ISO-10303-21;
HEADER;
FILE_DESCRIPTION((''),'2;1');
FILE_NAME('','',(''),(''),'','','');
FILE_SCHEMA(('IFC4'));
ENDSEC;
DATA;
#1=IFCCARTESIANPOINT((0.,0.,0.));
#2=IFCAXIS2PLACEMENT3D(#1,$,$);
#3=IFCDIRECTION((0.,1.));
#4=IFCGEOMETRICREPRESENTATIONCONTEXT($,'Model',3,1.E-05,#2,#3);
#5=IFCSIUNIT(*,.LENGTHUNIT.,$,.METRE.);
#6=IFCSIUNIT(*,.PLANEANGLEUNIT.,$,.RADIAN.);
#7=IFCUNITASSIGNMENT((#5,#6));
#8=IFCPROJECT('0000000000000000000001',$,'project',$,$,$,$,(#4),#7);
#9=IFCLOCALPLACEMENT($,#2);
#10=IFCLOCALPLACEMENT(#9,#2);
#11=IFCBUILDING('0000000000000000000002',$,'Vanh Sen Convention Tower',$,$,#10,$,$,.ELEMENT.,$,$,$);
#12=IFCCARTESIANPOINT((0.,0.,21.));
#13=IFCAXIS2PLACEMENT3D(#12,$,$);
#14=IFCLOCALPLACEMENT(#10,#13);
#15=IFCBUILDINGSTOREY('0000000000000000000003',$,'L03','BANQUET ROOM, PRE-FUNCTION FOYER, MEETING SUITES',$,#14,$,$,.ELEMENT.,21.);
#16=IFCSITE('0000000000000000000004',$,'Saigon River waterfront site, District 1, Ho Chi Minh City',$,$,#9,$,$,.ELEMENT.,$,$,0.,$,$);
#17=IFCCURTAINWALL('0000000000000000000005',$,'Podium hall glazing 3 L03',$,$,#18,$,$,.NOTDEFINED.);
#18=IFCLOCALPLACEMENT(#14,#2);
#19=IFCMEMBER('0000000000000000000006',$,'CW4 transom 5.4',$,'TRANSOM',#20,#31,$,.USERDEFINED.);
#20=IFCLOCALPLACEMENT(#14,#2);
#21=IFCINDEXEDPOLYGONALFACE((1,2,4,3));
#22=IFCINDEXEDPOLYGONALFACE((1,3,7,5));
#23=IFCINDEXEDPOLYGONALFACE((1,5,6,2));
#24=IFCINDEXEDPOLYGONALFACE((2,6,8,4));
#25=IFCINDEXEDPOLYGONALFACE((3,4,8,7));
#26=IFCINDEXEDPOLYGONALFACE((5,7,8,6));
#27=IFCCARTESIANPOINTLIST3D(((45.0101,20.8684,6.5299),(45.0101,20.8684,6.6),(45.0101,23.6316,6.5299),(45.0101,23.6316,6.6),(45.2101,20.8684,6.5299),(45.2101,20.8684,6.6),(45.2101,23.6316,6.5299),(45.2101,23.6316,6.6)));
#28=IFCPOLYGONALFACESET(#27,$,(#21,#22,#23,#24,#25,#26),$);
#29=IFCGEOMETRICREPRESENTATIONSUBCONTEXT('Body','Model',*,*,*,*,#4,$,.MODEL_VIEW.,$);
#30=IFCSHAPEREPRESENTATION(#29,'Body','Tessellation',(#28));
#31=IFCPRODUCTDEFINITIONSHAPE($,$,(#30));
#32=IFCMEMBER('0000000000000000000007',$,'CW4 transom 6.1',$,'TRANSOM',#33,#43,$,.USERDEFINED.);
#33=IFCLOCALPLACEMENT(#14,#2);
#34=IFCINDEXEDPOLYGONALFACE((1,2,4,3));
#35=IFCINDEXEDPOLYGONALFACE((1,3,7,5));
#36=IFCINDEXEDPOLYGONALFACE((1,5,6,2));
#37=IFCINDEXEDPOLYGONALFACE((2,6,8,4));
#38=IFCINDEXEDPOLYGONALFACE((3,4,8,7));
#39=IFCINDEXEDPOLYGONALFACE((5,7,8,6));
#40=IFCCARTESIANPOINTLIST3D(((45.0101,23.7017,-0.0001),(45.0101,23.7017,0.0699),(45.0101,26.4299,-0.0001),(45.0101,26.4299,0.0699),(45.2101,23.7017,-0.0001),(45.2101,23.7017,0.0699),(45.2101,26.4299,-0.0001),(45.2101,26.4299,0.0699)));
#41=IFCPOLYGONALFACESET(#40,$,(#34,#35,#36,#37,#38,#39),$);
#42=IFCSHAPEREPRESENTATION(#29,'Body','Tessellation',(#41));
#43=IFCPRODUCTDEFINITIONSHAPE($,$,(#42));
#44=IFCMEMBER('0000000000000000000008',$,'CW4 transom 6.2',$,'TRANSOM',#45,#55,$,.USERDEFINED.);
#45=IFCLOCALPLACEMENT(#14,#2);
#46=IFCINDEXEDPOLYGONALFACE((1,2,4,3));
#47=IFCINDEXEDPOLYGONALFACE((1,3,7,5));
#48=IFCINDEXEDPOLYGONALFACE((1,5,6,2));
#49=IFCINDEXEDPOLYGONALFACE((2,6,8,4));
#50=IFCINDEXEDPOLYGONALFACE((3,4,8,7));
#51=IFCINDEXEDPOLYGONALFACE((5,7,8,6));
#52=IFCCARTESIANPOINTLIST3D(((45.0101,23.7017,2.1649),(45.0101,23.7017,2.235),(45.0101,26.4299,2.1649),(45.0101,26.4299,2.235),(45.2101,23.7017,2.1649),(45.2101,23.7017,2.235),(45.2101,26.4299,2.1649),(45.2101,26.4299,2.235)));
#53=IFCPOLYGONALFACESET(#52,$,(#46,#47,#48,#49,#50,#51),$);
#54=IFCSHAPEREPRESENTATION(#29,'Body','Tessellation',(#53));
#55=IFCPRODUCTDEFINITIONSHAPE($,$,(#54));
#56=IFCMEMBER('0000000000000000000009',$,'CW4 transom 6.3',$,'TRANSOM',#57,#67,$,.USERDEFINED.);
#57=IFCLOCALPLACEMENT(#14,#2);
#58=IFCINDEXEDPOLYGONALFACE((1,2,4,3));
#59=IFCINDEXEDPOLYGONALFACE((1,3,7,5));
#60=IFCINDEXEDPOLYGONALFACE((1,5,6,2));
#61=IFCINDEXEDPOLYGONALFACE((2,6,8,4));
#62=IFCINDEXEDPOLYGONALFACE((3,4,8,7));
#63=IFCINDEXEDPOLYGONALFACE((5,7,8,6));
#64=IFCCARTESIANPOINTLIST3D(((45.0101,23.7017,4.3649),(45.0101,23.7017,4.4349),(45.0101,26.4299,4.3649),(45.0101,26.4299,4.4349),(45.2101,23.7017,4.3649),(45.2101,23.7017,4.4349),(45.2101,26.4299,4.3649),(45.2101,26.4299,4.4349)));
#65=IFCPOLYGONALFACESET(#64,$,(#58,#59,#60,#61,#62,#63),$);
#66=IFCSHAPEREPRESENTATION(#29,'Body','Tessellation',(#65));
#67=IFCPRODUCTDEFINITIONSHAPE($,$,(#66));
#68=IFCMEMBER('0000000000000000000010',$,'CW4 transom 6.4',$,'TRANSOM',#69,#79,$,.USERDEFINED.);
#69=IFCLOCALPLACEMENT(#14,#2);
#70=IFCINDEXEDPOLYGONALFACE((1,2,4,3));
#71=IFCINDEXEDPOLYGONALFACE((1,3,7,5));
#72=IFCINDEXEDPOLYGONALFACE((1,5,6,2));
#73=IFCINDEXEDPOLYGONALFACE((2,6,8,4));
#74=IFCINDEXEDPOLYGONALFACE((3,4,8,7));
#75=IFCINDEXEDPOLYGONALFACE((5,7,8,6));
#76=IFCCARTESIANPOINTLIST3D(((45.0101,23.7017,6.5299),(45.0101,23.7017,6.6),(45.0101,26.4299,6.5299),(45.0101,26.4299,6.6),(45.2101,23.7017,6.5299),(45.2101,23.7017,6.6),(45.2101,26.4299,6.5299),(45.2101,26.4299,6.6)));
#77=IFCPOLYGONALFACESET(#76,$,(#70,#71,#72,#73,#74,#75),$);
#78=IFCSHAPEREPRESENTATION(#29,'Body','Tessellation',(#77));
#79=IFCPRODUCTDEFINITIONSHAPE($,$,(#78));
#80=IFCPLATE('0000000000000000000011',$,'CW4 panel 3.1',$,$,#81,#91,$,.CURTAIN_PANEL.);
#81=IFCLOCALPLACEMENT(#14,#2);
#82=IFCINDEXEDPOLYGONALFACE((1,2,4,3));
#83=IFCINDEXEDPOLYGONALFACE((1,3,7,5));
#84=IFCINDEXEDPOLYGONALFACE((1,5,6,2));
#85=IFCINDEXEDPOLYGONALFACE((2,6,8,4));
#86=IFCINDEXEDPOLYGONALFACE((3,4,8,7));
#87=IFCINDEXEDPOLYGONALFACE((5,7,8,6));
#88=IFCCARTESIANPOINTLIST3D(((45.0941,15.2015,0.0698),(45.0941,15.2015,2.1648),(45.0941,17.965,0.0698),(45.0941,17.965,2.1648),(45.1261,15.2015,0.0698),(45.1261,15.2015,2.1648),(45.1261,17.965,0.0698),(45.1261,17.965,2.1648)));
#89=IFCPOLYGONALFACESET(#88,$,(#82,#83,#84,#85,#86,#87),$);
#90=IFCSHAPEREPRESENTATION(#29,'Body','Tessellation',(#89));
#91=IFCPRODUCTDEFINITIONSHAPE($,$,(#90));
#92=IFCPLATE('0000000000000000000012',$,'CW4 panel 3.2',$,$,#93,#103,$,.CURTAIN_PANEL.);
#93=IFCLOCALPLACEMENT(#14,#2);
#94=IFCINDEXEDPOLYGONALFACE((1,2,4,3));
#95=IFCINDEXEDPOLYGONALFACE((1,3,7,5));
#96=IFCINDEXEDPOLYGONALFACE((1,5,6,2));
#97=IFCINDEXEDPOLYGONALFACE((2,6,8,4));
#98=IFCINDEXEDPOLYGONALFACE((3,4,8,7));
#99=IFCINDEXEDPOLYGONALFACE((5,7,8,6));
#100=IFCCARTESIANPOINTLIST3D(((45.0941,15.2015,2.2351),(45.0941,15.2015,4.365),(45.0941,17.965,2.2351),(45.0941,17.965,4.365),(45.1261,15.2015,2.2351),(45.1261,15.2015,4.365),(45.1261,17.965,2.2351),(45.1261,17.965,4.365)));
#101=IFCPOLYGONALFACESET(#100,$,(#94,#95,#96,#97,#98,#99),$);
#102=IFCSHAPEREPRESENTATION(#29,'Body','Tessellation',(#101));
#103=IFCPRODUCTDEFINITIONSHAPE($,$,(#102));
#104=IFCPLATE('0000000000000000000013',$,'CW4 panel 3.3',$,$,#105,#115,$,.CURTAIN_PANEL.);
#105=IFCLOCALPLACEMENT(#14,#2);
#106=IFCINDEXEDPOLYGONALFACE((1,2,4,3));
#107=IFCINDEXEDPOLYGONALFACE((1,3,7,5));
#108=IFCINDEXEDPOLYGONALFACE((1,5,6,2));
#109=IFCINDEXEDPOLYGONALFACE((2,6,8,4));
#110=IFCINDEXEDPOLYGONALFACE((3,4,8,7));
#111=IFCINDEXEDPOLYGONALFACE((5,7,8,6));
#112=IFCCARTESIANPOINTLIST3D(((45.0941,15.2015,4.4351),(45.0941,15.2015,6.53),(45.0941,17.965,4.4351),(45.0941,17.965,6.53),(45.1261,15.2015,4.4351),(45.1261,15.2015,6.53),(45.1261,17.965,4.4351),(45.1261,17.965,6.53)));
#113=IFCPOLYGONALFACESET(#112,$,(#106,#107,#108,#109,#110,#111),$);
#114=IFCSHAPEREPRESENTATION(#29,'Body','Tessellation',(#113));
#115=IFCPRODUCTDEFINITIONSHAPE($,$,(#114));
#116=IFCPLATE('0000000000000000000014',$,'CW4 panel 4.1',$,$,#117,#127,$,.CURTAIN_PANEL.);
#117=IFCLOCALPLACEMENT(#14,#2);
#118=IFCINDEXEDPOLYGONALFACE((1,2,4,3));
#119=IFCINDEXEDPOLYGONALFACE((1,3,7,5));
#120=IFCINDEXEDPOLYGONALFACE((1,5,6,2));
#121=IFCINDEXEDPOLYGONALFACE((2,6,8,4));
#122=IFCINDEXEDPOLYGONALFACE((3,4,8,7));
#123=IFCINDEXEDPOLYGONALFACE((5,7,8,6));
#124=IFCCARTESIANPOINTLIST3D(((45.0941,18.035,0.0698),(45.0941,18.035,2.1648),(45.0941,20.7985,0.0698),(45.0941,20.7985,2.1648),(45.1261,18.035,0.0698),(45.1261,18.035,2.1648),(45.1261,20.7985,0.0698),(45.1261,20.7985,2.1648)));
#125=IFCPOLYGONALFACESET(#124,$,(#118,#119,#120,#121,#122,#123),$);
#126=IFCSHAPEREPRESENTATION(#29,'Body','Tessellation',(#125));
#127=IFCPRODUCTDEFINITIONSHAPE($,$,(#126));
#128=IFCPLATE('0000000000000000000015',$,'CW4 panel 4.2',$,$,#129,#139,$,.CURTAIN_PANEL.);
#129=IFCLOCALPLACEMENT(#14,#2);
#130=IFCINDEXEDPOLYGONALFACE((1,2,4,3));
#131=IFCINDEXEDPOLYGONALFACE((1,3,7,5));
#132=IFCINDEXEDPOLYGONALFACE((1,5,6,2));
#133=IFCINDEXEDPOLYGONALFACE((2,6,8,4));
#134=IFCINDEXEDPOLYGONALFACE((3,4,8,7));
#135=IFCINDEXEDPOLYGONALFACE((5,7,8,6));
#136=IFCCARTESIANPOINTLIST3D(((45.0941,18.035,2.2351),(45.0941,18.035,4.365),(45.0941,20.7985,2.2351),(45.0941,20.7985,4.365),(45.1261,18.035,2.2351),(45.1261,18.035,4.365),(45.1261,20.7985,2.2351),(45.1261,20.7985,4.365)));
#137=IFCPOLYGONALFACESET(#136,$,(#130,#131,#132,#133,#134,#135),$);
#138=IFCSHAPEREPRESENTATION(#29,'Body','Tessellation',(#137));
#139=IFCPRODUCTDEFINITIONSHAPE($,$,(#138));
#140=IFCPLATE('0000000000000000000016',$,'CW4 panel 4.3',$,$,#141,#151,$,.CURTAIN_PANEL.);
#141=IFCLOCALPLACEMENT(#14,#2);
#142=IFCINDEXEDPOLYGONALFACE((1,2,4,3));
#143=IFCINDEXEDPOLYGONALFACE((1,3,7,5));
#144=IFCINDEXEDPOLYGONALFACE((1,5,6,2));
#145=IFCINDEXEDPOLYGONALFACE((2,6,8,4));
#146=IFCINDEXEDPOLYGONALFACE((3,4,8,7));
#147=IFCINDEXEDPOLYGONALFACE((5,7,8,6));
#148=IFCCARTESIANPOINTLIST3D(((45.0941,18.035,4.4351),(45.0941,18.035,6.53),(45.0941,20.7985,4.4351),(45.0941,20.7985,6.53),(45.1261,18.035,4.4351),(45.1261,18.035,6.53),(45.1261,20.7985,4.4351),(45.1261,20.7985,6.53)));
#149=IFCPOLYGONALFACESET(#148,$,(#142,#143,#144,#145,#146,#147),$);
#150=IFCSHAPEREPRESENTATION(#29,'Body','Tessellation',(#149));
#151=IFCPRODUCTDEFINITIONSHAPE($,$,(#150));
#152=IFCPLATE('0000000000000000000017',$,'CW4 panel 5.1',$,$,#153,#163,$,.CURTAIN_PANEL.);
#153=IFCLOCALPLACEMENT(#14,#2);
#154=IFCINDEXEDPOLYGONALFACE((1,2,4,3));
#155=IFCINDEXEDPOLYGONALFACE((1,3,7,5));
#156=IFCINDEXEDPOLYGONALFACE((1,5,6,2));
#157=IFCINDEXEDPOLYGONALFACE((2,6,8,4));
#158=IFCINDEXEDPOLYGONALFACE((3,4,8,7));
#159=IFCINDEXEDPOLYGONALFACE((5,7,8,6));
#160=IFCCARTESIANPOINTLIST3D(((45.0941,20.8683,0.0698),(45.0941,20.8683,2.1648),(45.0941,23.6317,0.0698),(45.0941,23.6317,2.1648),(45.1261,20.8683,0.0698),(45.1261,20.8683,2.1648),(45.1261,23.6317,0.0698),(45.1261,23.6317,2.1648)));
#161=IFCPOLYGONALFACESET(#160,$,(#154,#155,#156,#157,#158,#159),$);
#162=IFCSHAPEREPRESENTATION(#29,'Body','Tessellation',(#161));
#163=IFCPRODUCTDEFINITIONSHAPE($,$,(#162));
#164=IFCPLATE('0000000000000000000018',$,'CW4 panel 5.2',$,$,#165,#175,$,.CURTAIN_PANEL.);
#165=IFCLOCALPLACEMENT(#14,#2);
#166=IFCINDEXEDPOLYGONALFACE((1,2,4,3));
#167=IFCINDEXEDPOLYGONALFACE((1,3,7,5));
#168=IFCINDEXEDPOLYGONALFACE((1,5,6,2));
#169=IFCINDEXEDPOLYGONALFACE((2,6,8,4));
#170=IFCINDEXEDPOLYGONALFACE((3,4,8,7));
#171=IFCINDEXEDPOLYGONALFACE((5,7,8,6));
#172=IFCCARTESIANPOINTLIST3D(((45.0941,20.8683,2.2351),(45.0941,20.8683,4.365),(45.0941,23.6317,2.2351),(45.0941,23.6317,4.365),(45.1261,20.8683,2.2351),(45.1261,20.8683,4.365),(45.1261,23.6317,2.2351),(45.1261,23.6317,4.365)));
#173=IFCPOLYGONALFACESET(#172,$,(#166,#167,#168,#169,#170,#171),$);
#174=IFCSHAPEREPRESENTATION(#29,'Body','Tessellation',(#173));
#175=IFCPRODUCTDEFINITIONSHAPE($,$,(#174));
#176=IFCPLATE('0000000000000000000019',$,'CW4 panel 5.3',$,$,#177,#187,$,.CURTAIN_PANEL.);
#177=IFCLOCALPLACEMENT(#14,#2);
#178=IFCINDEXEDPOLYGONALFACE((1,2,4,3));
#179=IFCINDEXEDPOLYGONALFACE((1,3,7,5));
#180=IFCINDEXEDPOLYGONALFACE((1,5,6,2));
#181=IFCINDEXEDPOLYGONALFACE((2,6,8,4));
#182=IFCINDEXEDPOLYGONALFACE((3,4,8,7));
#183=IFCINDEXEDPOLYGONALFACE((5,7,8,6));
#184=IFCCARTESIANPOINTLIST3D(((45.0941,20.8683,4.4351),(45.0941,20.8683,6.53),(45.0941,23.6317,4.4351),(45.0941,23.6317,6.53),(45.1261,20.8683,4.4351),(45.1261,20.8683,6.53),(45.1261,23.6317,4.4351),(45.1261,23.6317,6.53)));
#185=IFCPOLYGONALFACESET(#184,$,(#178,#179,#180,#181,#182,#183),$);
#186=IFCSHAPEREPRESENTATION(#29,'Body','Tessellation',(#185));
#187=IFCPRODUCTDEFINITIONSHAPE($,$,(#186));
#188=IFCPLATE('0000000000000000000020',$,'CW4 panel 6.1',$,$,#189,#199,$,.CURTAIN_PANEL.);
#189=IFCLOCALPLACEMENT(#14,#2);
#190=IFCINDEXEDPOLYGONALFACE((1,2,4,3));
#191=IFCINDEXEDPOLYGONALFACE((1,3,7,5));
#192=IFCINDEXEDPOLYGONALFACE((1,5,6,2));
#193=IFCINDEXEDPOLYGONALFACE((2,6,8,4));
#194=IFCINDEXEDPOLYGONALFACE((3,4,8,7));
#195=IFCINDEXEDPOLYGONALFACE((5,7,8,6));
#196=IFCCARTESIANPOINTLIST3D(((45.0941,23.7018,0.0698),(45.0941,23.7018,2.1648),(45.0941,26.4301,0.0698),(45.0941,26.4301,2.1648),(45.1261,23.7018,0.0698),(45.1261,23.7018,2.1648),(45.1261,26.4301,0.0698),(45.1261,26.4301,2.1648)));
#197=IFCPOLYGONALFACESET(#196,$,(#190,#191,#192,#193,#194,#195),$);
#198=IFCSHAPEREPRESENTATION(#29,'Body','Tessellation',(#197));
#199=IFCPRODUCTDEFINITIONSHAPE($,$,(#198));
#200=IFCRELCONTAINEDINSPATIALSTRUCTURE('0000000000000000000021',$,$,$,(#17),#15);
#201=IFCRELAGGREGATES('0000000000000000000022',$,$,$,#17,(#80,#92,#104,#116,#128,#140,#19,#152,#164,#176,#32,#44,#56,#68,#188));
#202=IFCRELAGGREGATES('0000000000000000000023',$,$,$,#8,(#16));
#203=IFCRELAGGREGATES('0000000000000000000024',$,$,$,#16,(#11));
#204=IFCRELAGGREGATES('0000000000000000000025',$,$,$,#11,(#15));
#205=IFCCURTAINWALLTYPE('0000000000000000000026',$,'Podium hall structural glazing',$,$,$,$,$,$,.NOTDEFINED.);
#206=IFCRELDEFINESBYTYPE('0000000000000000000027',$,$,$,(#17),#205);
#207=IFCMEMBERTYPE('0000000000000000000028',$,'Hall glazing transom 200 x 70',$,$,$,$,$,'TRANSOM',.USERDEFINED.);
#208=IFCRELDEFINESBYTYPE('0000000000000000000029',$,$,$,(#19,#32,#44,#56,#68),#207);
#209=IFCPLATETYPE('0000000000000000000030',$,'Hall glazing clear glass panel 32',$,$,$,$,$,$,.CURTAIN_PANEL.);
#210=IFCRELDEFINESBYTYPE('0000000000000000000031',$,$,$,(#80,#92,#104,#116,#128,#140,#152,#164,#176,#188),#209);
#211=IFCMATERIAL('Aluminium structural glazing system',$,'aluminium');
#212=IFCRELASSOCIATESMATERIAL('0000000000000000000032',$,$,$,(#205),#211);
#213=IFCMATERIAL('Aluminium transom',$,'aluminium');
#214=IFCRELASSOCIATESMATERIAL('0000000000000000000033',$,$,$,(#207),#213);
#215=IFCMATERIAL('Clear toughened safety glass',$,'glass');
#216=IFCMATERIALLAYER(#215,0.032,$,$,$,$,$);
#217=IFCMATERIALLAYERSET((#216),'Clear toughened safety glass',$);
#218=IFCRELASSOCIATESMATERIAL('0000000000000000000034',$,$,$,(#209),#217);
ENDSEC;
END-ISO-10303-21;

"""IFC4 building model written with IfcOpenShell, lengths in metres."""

from ifc_helpers import new_model, si_unit, direction, frame, origin, origin_2d, place, context, subcontext, project, spatial, rectangle, extrude, material, layer, layer_set, material_profile, profile_set, type_object, element, aggregate, save


model = new_model("IFC4")

# Units and contexts
model_context = context("Model", 3, precision=1e-05, world=origin(), true_north=direction((0.0, 1.0)))
body_context = subcontext(model_context, "Body", "Model", "MODEL_VIEW")
ifc_project = project(units=[si_unit("LENGTHUNIT", "METRE"), si_unit("PLANEANGLEUNIT", "RADIAN")], contexts=[model_context])

# Site, building, storey
site_placement = place(None, origin())
site = spatial("IfcSite", under=ifc_project, at=site_placement, Name="Saigon River waterfront site, District 1, Ho Chi Minh City", CompositionType="ELEMENT", RefElevation=0.0)
building_placement = place(site_placement, origin())
building = spatial("IfcBuilding", under=site, at=building_placement, Name="Vanh Sen Convention Tower", CompositionType="ELEMENT")
storey_placement = place(building_placement, frame((0.0, 0.0, 21.0)))
storey = spatial("IfcBuildingStorey", under=building, at=storey_placement, Name="L03", Description="BANQUET ROOM, PRE-FUNCTION FOYER, MEETING SUITES", CompositionType="ELEMENT", Elevation=21.0)

# Curtain wall, members, plates
ifc_material_1 = material(Name="Aluminium structural glazing system", Category="aluminium")
curtain_wall_type = type_object("IfcCurtainWallType", Name="Podium hall structural glazing", PredefinedType="NOTDEFINED", material=ifc_material_1)
curtain_wall_placement = place(storey_placement, origin())
curtain_wall = element("IfcCurtainWall", 1, at=curtain_wall_placement, inside=storey, type_object=curtain_wall_type, Name="Podium hall glazing 3 L03", PredefinedType="NOTDEFINED")
ifc_material_2 = material(Name="Aluminium transom", Category="aluminium")
ifc_material_profile_1 = material_profile(ifc_material_2, rectangle(XDim=0.2, YDim=0.0701, at=origin_2d()), Name="Hall glazing transom 200 x 70")
ifc_profile_set_1 = profile_set([ifc_material_profile_1], Name="Aluminium transom")
member_type_1 = type_object("IfcMemberType", Name="Hall glazing transom 200 x 70", ElementType="TRANSOM", PredefinedType="USERDEFINED", material=ifc_profile_set_1)
member_1_placement = place(storey_placement, frame((45.1101, 20.8684, 6.5649), z_axis=(0.0, 1.0, 0.0), x_axis=(-1.0, 0.0, 0.0)))
member_1 = element("IfcMember", 2, at=member_1_placement, type_object=member_type_1, Name="CW4 transom 5.4", ObjectType="TRANSOM", PredefinedType="USERDEFINED", context=body_context, shape_type="SweptSolid", body=[
    extrude(rectangle(XDim=0.2, YDim=0.0701, at=origin_2d()), origin(), (0.0, 0.0, 1.0), 2.7632),
])
member_2_placement = place(storey_placement, frame((45.1101, 23.7017, 0.0349), z_axis=(0.0, 1.0, 0.0), x_axis=(-1.0, 0.0, 0.0)))
member_2 = element("IfcMember", 3, at=member_2_placement, type_object=member_type_1, Name="CW4 transom 6.1", ObjectType="TRANSOM", PredefinedType="USERDEFINED", context=body_context, shape_type="SweptSolid", body=[
    extrude(rectangle(XDim=0.2, YDim=0.0701, at=origin_2d()), origin(), (0.0, 0.0, 1.0), 2.7283),
])
member_3_placement = place(storey_placement, frame((45.1101, 23.7017, 2.2), z_axis=(0.0, 1.0, 0.0), x_axis=(-1.0, 0.0, 0.0)))
member_3 = element("IfcMember", 4, at=member_3_placement, type_object=member_type_1, Name="CW4 transom 6.2", ObjectType="TRANSOM", PredefinedType="USERDEFINED", context=body_context, shape_type="SweptSolid", body=[
    extrude(rectangle(XDim=0.2, YDim=0.0701, at=origin_2d()), origin(), (0.0, 0.0, 1.0), 2.7283),
])
member_4_placement = place(storey_placement, frame((45.1101, 23.7017, 4.3999), z_axis=(0.0, 1.0, 0.0), x_axis=(-1.0, 0.0, 0.0)))
member_4 = element("IfcMember", 5, at=member_4_placement, type_object=member_type_1, Name="CW4 transom 6.3", ObjectType="TRANSOM", PredefinedType="USERDEFINED", context=body_context, shape_type="SweptSolid", body=[
    extrude(rectangle(XDim=0.2, YDim=0.0701, at=origin_2d()), origin(), (0.0, 0.0, 1.0), 2.7283),
])
member_5_placement = place(storey_placement, frame((45.1101, 23.7017, 6.5649), z_axis=(0.0, 1.0, 0.0), x_axis=(-1.0, 0.0, 0.0)))
member_5 = element("IfcMember", 6, at=member_5_placement, type_object=member_type_1, Name="CW4 transom 6.4", ObjectType="TRANSOM", PredefinedType="USERDEFINED", context=body_context, shape_type="SweptSolid", body=[
    extrude(rectangle(XDim=0.2, YDim=0.0701, at=origin_2d()), origin(), (0.0, 0.0, 1.0), 2.7283),
])
ifc_material_3 = material(Name="Clear toughened safety glass", Category="glass")
ifc_layer = layer(ifc_material_3, 0.032)
ifc_layer_set = layer_set([ifc_layer], Name="Clear toughened safety glass")
plate_type = type_object("IfcPlateType", Name="Hall glazing clear glass panel 32", PredefinedType="CURTAIN_PANEL", material=ifc_layer_set)
plate_1_placement = place(storey_placement, frame((45.1101, 16.5833, 0.0698), z_axis=(0.0, 0.0, 1.0), x_axis=(0.0, 1.0, 0.0)))
plate_1 = element("IfcPlate", 7, at=plate_1_placement, type_object=plate_type, Name="CW4 panel 3.1", PredefinedType="CURTAIN_PANEL", context=body_context, shape_type="SweptSolid", body=[
    extrude(rectangle(XDim=2.7634, YDim=0.032, at=origin_2d()), origin(), (0.0, 0.0, 1.0), 2.095),
])
plate_2_placement = place(storey_placement, frame((45.1101, 16.5833, 2.2351), z_axis=(0.0, 0.0, 1.0), x_axis=(0.0, 1.0, 0.0)))
plate_2 = element("IfcPlate", 8, at=plate_2_placement, type_object=plate_type, Name="CW4 panel 3.2", PredefinedType="CURTAIN_PANEL", context=body_context, shape_type="SweptSolid", body=[
    extrude(rectangle(XDim=2.7634, YDim=0.032, at=origin_2d()), origin(), (0.0, 0.0, 1.0), 2.1299),
])
plate_3_placement = place(storey_placement, frame((45.1101, 16.5833, 4.4351), z_axis=(0.0, 0.0, 1.0), x_axis=(0.0, 1.0, 0.0)))
plate_3 = element("IfcPlate", 9, at=plate_3_placement, type_object=plate_type, Name="CW4 panel 3.3", PredefinedType="CURTAIN_PANEL", context=body_context, shape_type="SweptSolid", body=[
    extrude(rectangle(XDim=2.7634, YDim=0.032, at=origin_2d()), origin(), (0.0, 0.0, 1.0), 2.095),
])
plate_4_placement = place(storey_placement, frame((45.1101, 19.4167, 0.0698), z_axis=(0.0, 0.0, 1.0), x_axis=(0.0, 1.0, 0.0)))
plate_4 = element("IfcPlate", 10, at=plate_4_placement, type_object=plate_type, Name="CW4 panel 4.1", PredefinedType="CURTAIN_PANEL", context=body_context, shape_type="SweptSolid", body=[
    extrude(rectangle(XDim=2.7634, YDim=0.032, at=origin_2d()), origin(), (0.0, 0.0, 1.0), 2.095),
])
plate_5_placement = place(storey_placement, frame((45.1101, 19.4167, 2.2351), z_axis=(0.0, 0.0, 1.0), x_axis=(0.0, 1.0, 0.0)))
plate_5 = element("IfcPlate", 11, at=plate_5_placement, type_object=plate_type, Name="CW4 panel 4.2", PredefinedType="CURTAIN_PANEL", context=body_context, shape_type="SweptSolid", body=[
    extrude(rectangle(XDim=2.7634, YDim=0.032, at=origin_2d()), origin(), (0.0, 0.0, 1.0), 2.1299),
])
plate_6_placement = place(storey_placement, frame((45.1101, 19.4167, 4.4351), z_axis=(0.0, 0.0, 1.0), x_axis=(0.0, 1.0, 0.0)))
plate_6 = element("IfcPlate", 12, at=plate_6_placement, type_object=plate_type, Name="CW4 panel 4.3", PredefinedType="CURTAIN_PANEL", context=body_context, shape_type="SweptSolid", body=[
    extrude(rectangle(XDim=2.7634, YDim=0.032, at=origin_2d()), origin(), (0.0, 0.0, 1.0), 2.095),
])
plate_7_placement = place(storey_placement, frame((45.1101, 22.25, 0.0698), z_axis=(0.0, 0.0, 1.0), x_axis=(0.0, 1.0, 0.0)))
plate_7 = element("IfcPlate", 13, at=plate_7_placement, type_object=plate_type, Name="CW4 panel 5.1", PredefinedType="CURTAIN_PANEL", context=body_context, shape_type="SweptSolid", body=[
    extrude(rectangle(XDim=2.7634, YDim=0.032, at=origin_2d()), origin(), (0.0, 0.0, 1.0), 2.095),
])
plate_8_placement = place(storey_placement, frame((45.1101, 22.25, 2.2351), z_axis=(0.0, 0.0, 1.0), x_axis=(0.0, 1.0, 0.0)))
plate_8 = element("IfcPlate", 14, at=plate_8_placement, type_object=plate_type, Name="CW4 panel 5.2", PredefinedType="CURTAIN_PANEL", context=body_context, shape_type="SweptSolid", body=[
    extrude(rectangle(XDim=2.7634, YDim=0.032, at=origin_2d()), origin(), (0.0, 0.0, 1.0), 2.1299),
])
plate_9_placement = place(storey_placement, frame((45.1101, 22.25, 4.4351), z_axis=(0.0, 0.0, 1.0), x_axis=(0.0, 1.0, 0.0)))
plate_9 = element("IfcPlate", 15, at=plate_9_placement, type_object=plate_type, Name="CW4 panel 5.3", PredefinedType="CURTAIN_PANEL", context=body_context, shape_type="SweptSolid", body=[
    extrude(rectangle(XDim=2.7634, YDim=0.032, at=origin_2d()), origin(), (0.0, 0.0, 1.0), 2.095),
])
plate_10_placement = place(storey_placement, frame((45.1101, 25.0659, 0.0698), z_axis=(0.0, 0.0, 1.0), x_axis=(0.0, 1.0, 0.0)))
plate_10 = element("IfcPlate", 16, at=plate_10_placement, type_object=plate_type, Name="CW4 panel 6.1", PredefinedType="CURTAIN_PANEL", context=body_context, shape_type="SweptSolid", body=[
    extrude(rectangle(XDim=2.7283, YDim=0.032, at=origin_2d()), origin(), (0.0, 0.0, 1.0), 2.095),
])
aggregate(curtain_wall, [plate_1, plate_2, plate_3, plate_4, plate_5, plate_6, member_1, plate_7, plate_8, plate_9, member_2, member_3, member_4, member_5, plate_10])

save(model, "model.ifc")
